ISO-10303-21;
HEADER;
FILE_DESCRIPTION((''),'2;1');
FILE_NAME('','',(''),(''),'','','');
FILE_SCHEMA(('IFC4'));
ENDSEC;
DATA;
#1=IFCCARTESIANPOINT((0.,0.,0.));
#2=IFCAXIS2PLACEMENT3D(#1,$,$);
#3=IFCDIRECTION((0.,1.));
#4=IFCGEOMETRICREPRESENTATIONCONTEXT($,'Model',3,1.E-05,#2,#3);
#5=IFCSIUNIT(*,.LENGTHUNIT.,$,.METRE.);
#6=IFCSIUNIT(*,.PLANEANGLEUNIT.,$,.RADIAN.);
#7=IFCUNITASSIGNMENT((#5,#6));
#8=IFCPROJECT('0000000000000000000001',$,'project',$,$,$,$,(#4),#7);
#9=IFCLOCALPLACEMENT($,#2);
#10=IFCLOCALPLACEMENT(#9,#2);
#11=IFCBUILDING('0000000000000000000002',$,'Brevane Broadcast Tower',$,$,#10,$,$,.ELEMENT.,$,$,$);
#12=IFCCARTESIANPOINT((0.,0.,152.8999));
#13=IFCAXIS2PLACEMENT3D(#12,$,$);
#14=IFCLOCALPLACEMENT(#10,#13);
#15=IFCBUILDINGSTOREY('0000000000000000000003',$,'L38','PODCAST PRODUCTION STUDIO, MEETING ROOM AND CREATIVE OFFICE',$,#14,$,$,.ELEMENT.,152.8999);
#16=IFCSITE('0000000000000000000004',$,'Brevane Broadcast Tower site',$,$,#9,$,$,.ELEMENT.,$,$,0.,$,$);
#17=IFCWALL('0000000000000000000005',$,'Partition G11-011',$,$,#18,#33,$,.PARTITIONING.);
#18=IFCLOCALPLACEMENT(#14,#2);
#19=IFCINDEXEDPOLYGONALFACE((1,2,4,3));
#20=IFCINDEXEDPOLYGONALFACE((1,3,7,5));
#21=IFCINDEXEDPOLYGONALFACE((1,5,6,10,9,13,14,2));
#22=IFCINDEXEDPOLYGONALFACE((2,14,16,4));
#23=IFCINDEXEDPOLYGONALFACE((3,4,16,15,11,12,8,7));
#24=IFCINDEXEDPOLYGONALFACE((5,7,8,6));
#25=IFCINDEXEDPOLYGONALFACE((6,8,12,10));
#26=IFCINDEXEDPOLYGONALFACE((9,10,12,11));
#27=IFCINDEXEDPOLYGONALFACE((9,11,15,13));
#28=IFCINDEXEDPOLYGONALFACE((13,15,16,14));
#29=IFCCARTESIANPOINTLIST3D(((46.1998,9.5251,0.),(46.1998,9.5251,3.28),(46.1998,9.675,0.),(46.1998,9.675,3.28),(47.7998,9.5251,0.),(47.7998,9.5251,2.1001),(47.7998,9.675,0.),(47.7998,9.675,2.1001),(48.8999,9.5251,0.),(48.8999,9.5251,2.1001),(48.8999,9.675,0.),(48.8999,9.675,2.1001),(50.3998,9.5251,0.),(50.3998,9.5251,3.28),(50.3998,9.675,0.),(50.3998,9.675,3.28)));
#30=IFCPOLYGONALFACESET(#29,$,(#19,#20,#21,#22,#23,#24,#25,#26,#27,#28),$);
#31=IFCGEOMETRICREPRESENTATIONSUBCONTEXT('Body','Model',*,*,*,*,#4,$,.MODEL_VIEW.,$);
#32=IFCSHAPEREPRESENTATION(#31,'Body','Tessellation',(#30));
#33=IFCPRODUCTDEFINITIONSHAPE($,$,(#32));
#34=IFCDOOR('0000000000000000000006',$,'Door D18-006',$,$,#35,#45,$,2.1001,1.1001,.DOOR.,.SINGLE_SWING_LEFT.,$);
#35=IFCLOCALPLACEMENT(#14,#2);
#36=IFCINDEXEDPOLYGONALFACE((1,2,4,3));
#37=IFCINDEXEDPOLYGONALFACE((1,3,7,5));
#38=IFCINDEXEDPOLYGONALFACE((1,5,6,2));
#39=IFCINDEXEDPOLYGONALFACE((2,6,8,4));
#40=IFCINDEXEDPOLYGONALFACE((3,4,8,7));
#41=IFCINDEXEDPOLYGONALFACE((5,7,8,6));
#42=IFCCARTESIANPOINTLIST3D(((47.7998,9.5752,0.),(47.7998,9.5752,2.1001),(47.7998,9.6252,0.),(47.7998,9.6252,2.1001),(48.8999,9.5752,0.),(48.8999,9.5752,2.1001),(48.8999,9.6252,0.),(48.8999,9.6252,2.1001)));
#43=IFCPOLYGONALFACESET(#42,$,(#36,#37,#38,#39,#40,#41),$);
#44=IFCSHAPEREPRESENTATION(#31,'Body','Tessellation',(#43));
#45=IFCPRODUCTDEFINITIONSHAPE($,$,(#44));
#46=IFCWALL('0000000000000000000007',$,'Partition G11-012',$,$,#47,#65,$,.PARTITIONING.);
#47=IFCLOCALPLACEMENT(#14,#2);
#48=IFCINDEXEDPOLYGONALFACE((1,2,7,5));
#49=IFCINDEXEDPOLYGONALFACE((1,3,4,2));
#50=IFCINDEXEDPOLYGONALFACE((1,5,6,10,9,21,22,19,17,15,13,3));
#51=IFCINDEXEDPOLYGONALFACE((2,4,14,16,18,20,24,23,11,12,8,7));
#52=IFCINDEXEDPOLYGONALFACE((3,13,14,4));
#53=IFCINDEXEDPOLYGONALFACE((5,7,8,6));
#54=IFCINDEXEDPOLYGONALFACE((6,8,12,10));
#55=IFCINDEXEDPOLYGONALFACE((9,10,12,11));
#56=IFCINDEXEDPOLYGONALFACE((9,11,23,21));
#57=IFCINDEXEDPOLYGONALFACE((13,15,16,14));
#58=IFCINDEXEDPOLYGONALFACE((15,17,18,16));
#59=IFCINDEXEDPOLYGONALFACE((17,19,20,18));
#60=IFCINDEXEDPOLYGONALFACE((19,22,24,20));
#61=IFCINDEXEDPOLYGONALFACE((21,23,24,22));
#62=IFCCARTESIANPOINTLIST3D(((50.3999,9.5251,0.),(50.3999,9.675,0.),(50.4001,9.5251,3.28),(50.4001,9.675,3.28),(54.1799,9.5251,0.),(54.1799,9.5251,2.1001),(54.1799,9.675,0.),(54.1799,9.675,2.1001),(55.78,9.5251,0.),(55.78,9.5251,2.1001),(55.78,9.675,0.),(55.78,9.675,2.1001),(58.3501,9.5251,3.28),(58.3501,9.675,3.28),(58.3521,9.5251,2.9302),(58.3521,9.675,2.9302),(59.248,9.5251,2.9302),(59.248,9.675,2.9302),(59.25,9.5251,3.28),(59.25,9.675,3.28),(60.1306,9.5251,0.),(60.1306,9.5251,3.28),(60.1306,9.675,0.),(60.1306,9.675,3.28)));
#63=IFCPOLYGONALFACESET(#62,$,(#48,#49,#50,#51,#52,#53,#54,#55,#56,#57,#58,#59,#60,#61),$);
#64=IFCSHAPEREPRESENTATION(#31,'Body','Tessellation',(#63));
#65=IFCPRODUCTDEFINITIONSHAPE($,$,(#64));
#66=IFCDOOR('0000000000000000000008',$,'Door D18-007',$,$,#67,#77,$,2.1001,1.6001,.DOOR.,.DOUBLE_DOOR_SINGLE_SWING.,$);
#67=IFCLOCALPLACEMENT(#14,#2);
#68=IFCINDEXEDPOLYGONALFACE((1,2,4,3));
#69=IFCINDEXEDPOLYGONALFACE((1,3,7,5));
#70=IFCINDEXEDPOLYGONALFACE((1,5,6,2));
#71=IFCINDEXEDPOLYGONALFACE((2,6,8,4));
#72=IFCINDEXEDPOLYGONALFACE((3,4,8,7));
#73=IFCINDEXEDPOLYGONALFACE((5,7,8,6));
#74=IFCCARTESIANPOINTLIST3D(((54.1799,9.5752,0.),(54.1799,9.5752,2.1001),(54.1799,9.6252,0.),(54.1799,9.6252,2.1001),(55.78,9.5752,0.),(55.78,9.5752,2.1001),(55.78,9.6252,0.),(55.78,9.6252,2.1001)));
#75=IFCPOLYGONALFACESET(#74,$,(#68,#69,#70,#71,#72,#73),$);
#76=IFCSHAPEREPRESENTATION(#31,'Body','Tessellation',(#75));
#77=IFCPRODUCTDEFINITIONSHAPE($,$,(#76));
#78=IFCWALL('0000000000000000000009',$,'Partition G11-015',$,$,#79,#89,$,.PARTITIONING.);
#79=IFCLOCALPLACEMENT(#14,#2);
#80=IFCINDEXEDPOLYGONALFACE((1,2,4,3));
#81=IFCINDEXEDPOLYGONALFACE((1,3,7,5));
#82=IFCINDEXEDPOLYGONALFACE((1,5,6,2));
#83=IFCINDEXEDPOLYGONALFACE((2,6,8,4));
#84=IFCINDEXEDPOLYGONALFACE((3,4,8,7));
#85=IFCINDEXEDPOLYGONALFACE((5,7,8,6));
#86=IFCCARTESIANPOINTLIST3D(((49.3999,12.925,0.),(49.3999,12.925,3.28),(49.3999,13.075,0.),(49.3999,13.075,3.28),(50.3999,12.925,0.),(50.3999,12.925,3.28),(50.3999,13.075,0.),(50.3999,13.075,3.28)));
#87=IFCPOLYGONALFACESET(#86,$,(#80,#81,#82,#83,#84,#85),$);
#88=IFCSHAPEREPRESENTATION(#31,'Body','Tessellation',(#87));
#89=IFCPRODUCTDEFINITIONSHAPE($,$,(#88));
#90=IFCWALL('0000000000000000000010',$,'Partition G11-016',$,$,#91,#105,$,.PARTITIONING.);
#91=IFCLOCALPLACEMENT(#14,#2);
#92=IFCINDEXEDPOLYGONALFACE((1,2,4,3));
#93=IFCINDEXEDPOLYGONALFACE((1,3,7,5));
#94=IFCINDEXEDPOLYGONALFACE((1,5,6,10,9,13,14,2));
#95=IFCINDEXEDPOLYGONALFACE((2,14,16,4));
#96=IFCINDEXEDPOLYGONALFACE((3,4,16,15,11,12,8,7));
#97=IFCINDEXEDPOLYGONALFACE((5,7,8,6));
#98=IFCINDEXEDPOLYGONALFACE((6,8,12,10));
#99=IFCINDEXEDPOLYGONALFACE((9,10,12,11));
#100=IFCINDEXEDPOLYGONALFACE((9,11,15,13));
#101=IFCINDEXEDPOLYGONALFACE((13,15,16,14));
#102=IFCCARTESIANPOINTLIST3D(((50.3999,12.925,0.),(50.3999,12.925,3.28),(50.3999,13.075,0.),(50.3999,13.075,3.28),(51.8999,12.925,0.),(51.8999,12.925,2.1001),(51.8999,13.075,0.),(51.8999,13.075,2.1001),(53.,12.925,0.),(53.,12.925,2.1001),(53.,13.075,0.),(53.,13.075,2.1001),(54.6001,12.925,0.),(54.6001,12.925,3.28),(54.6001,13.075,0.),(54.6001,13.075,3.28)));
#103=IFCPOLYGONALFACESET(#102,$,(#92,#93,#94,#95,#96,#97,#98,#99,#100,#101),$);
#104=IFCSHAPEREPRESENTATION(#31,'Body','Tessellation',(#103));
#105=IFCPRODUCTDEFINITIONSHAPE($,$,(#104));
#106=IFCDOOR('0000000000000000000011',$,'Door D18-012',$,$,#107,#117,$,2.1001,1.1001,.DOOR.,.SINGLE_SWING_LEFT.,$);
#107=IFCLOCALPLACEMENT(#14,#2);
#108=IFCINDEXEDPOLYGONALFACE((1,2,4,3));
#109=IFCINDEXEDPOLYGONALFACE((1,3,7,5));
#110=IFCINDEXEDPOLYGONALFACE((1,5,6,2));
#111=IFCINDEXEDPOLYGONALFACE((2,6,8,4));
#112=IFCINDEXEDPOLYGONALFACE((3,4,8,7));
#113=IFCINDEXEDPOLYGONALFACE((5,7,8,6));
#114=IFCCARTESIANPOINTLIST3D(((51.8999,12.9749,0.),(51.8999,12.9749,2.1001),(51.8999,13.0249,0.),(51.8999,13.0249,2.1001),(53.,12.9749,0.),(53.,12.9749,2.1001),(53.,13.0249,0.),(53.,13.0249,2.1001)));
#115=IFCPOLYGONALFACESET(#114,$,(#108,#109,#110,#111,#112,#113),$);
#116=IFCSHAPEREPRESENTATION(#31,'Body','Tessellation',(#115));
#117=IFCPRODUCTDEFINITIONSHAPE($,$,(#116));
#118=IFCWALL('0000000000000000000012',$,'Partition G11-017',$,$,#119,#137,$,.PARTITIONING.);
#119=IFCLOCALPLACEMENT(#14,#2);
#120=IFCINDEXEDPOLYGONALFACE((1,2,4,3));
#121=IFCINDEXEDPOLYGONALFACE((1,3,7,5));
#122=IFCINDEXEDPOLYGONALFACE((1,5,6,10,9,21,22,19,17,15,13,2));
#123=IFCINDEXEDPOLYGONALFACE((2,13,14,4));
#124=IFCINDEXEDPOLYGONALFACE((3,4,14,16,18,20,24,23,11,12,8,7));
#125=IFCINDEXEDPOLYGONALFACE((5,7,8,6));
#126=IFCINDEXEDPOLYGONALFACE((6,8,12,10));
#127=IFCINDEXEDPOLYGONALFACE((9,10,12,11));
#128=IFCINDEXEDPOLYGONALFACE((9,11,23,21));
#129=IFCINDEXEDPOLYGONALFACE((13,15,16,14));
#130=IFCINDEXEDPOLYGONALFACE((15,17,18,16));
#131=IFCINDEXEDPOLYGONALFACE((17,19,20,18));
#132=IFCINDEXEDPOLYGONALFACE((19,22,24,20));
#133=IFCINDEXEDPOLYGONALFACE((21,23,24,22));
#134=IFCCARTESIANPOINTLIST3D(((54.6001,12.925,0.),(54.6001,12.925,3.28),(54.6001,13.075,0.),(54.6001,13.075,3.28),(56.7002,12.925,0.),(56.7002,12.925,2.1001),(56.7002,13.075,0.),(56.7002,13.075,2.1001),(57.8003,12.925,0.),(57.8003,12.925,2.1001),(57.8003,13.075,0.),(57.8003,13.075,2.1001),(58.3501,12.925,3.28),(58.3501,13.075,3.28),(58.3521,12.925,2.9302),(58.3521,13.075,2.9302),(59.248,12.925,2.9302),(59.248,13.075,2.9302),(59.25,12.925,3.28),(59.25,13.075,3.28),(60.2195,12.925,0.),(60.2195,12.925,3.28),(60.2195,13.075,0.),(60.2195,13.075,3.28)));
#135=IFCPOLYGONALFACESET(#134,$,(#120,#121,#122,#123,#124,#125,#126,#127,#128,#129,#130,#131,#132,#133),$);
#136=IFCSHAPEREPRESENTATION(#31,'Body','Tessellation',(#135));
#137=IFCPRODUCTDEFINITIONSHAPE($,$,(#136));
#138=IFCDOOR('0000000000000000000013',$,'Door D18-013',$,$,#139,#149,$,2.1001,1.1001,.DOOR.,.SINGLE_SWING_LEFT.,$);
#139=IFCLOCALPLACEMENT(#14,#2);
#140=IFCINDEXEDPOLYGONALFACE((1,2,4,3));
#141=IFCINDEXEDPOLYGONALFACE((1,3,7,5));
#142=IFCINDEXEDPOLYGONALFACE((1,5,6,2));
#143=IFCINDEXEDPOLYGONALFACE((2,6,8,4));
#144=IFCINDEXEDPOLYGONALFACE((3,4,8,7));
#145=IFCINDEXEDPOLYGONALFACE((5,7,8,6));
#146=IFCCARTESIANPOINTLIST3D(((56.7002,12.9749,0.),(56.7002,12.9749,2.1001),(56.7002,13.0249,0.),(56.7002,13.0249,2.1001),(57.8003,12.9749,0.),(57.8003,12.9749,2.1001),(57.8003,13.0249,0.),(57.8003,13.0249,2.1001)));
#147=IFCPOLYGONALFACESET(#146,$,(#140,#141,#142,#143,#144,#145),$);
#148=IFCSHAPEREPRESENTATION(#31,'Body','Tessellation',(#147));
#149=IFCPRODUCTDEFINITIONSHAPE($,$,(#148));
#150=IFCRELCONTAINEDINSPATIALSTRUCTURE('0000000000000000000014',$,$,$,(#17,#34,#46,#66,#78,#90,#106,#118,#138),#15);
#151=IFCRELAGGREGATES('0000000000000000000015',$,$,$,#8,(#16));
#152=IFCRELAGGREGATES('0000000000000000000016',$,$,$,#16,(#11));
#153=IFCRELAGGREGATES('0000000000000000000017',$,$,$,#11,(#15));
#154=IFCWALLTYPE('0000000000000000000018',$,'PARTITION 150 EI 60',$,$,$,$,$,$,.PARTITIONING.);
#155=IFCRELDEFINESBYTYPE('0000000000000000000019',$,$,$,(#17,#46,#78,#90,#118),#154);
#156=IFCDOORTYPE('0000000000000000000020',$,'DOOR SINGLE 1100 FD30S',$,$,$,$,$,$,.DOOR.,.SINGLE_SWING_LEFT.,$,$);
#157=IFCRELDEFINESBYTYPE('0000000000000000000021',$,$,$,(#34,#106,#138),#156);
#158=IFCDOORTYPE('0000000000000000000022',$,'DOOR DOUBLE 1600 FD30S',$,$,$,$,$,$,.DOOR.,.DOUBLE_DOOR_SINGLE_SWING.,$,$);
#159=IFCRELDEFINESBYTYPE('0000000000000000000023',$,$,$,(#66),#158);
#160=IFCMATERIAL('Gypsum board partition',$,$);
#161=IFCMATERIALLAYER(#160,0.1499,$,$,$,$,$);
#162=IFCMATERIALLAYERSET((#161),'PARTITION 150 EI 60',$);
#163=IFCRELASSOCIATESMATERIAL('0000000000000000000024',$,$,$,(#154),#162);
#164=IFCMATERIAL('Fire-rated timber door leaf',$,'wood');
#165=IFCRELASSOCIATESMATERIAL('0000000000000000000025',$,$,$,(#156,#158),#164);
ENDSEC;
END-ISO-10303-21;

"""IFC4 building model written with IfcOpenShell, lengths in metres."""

from ifc_helpers import new_model, si_unit, direction, frame, frame_2d, origin, place, context, subcontext, project, spatial, polyline, rectangle, outline, extrude, material, layer, layer_set, type_object, element, fill, save


model = new_model("IFC4")

# Units and contexts
model_context = context("Model", 3, precision=1e-05, world=origin(), true_north=direction((0.0, 1.0)))
body_context = subcontext(model_context, "Body", "Model", "MODEL_VIEW")
ifc_project = project(units=[si_unit("LENGTHUNIT", "METRE"), si_unit("PLANEANGLEUNIT", "RADIAN")], contexts=[model_context])

# Site, building, storey
site_placement = place(None, origin())
site = spatial("IfcSite", under=ifc_project, at=site_placement, Name="Brevane Broadcast Tower site", CompositionType="ELEMENT", RefElevation=0.0)
building_placement = place(site_placement, origin())
building = spatial("IfcBuilding", under=site, at=building_placement, Name="Brevane Broadcast Tower", CompositionType="ELEMENT")
storey_placement = place(building_placement, frame((0.0, 0.0, 152.8999)))
storey = spatial("IfcBuildingStorey", under=building, at=storey_placement, Name="L38", Description="PODCAST PRODUCTION STUDIO, MEETING ROOM AND CREATIVE OFFICE", CompositionType="ELEMENT", Elevation=152.8999)

# Shared definitions
ifc_material_1 = material(Name="Gypsum board partition")

# Walls, openings, doors
ifc_layer_1 = layer(ifc_material_1, 0.1499)
ifc_layer_set_1 = layer_set([ifc_layer_1], Name="PARTITION 150 EI 60")
wall_type_1 = type_object("IfcWallType", Name="PARTITION 150 EI 60", PredefinedType="PARTITIONING", material=ifc_layer_set_1)
ifc_material_2 = material(Name="Fire-rated timber door leaf", Category="wood")
door_type_1 = type_object("IfcDoorType", Name="DOOR SINGLE 1100 FD30S", OperationType="SINGLE_SWING_LEFT", PredefinedType="DOOR", material=ifc_material_2)
wall_1_placement = place(storey_placement, frame((50.3999, 9.6001, 0.0), z_axis=(0.0, 0.0, 1.0), x_axis=(-1.0, 0.0, 0.0)))
wall_1 = element("IfcWall", 1, at=wall_1_placement, inside=storey, type_object=wall_type_1, Name="Partition G11-011", PredefinedType="PARTITIONING", context=body_context, shape_type="SweptSolid", body=[
    extrude(rectangle(XDim=4.2, YDim=0.1499, at=frame_2d((2.1001, 0.0))), origin(), (0.0, 0.0, 1.0), 3.28),
])
opening_1_placement = place(wall_1_placement, frame((1.5, 0.0, 0.0)))
opening_1 = element("IfcOpeningElement", 2, at=opening_1_placement, cuts=wall_1, PredefinedType="OPENING", context=body_context, shape_type="SweptSolid", body=[
    extrude(rectangle(XDim=1.1001, YDim=2.1001, at=frame_2d((0.55, 1.05))), frame((0.0, 0.085, 0.0), z_axis=(0.0, -1.0, 0.0), x_axis=(1.0, 0.0, 0.0)), (0.0, 0.0, 1.0), 0.1699),
])
door_1_placement = place(opening_1_placement, origin())
door_1 = element("IfcDoor", 3, at=door_1_placement, inside=storey, type_object=door_type_1, Name="Door D18-006", OperationType="SINGLE_SWING_LEFT", OverallHeight=2.1001, OverallWidth=1.1001, PredefinedType="DOOR", context=body_context, shape_type="SweptSolid", body=[
    extrude(rectangle(XDim=1.1001, YDim=2.1001, at=frame_2d((0.55, 1.05))), frame((0.0, 0.0249, 0.0), z_axis=(0.0, -1.0, 0.0), x_axis=(1.0, 0.0, 0.0)), (0.0, 0.0, 1.0), 0.05),
])
fill(opening_1, door_1)
wall_2_placement = place(storey_placement, frame((60.1306, 9.6001, 0.0), z_axis=(0.0, 0.0, 1.0), x_axis=(-1.0, 0.0, 0.0)))
wall_2 = element("IfcWall", 4, at=wall_2_placement, inside=storey, type_object=wall_type_1, Name="Partition G11-012", PredefinedType="PARTITIONING", context=body_context, shape_type="SweptSolid", body=[
    extrude(outline(polyline([(0.0, 0.0), (9.7307, 0.0), (9.7305, 3.28), (1.7805, 3.28), (1.7786, 2.9302), (0.8826, 2.9302), (0.8806, 3.28), (0.2505, 3.28), (0.0, 3.28), (0.0, 0.0)])), frame((0.0, 0.075, 0.0), z_axis=(0.0, -1.0, 0.0), x_axis=(1.0, 0.0, 0.0)), (0.0, 0.0, 1.0), 0.1499),
])
opening_2_placement = place(wall_2_placement, frame((4.3506, 0.0, 0.0)))
opening_2 = element("IfcOpeningElement", 5, at=opening_2_placement, cuts=wall_2, PredefinedType="OPENING", context=body_context, shape_type="SweptSolid", body=[
    extrude(rectangle(XDim=1.6001, YDim=2.1001, at=frame_2d((0.8, 1.05))), frame((0.0, 0.085, 0.0), z_axis=(0.0, -1.0, 0.0), x_axis=(1.0, 0.0, 0.0)), (0.0, 0.0, 1.0), 0.1699),
])
door_type_2 = type_object("IfcDoorType", Name="DOOR DOUBLE 1600 FD30S", OperationType="DOUBLE_DOOR_SINGLE_SWING", PredefinedType="DOOR", material=ifc_material_2)
door_2_placement = place(opening_2_placement, origin())
door_2 = element("IfcDoor", 6, at=door_2_placement, inside=storey, type_object=door_type_2, Name="Door D18-007", OperationType="DOUBLE_DOOR_SINGLE_SWING", OverallHeight=2.1001, OverallWidth=1.6001, PredefinedType="DOOR", context=body_context, shape_type="SweptSolid", body=[
    extrude(rectangle(XDim=1.6001, YDim=2.1001, at=frame_2d((0.8, 1.05))), frame((0.0, 0.0249, 0.0), z_axis=(0.0, -1.0, 0.0), x_axis=(1.0, 0.0, 0.0)), (0.0, 0.0, 1.0), 0.05),
])
fill(opening_2, door_2)

# Wall
wall_3_placement = place(storey_placement, frame((49.3999, 13.0, 0.0), z_axis=(0.0, 0.0, 1.0), x_axis=(1.0, 0.0, 0.0)))
element("IfcWall", 7, at=wall_3_placement, inside=storey, type_object=wall_type_1, Name="Partition G11-015", PredefinedType="PARTITIONING", context=body_context, shape_type="SweptSolid", body=[
    extrude(rectangle(XDim=1.0, YDim=0.1499, at=frame_2d((0.5, 0.0))), origin(), (0.0, 0.0, 1.0), 3.28),
])

# Walls, openings, doors
wall_4_placement = place(storey_placement, frame((50.3999, 13.0, 0.0), z_axis=(0.0, 0.0, 1.0), x_axis=(1.0, 0.0, 0.0)))
wall_4 = element("IfcWall", 8, at=wall_4_placement, inside=storey, type_object=wall_type_1, Name="Partition G11-016", PredefinedType="PARTITIONING", context=body_context, shape_type="SweptSolid", body=[
    extrude(rectangle(XDim=4.2002, YDim=0.1499, at=frame_2d((2.1001, 0.0))), origin(), (0.0, 0.0, 1.0), 3.28),
])
opening_3_placement = place(wall_4_placement, frame((1.5, 0.0, 0.0)))
opening_3 = element("IfcOpeningElement", 9, at=opening_3_placement, cuts=wall_4, PredefinedType="OPENING", context=body_context, shape_type="SweptSolid", body=[
    extrude(rectangle(XDim=1.1001, YDim=2.1001, at=frame_2d((0.55, 1.05))), frame((0.0, 0.085, 0.0), z_axis=(0.0, -1.0, 0.0), x_axis=(1.0, 0.0, 0.0)), (0.0, 0.0, 1.0), 0.1699),
])
door_3_placement = place(opening_3_placement, origin())
door_3 = element("IfcDoor", 10, at=door_3_placement, inside=storey, type_object=door_type_1, Name="Door D18-012", OperationType="SINGLE_SWING_LEFT", OverallHeight=2.1001, OverallWidth=1.1001, PredefinedType="DOOR", context=body_context, shape_type="SweptSolid", body=[
    extrude(rectangle(XDim=1.1001, YDim=2.1001, at=frame_2d((0.55, 1.05))), frame((0.0, 0.0249, 0.0), z_axis=(0.0, -1.0, 0.0), x_axis=(1.0, 0.0, 0.0)), (0.0, 0.0, 1.0), 0.05),
])
fill(opening_3, door_3)
wall_5_placement = place(storey_placement, frame((54.6001, 13.0, 0.0), z_axis=(0.0, 0.0, 1.0), x_axis=(1.0, 0.0, 0.0)))
wall_5 = element("IfcWall", 11, at=wall_5_placement, inside=storey, type_object=wall_type_1, Name="Partition G11-017", PredefinedType="PARTITIONING", context=body_context, shape_type="SweptSolid", body=[
    extrude(outline(polyline([(0.0, 0.0), (5.6194, 0.0), (5.6194, 3.28), (5.28, 3.28), (4.6499, 3.28), (4.6479, 2.9302), (3.752, 2.9302), (3.75, 3.28), (0.0, 3.28), (0.0, 0.0)])), frame((0.0, 0.075, 0.0), z_axis=(0.0, -1.0, 0.0), x_axis=(1.0, 0.0, 0.0)), (0.0, 0.0, 1.0), 0.1499),
])
opening_4_placement = place(wall_5_placement, frame((2.1001, 0.0, 0.0)))
opening_4 = element("IfcOpeningElement", 12, at=opening_4_placement, cuts=wall_5, PredefinedType="OPENING", context=body_context, shape_type="SweptSolid", body=[
    extrude(rectangle(XDim=1.1001, YDim=2.1001, at=frame_2d((0.55, 1.05))), frame((0.0, 0.085, 0.0), z_axis=(0.0, -1.0, 0.0), x_axis=(1.0, 0.0, 0.0)), (0.0, 0.0, 1.0), 0.1699),
])
door_4_placement = place(opening_4_placement, origin())
door_4 = element("IfcDoor", 13, at=door_4_placement, inside=storey, type_object=door_type_1, Name="Door D18-013", OperationType="SINGLE_SWING_LEFT", OverallHeight=2.1001, OverallWidth=1.1001, PredefinedType="DOOR", context=body_context, shape_type="SweptSolid", body=[
    extrude(rectangle(XDim=1.1001, YDim=2.1001, at=frame_2d((0.55, 1.05))), frame((0.0, 0.0249, 0.0), z_axis=(0.0, -1.0, 0.0), x_axis=(1.0, 0.0, 0.0)), (0.0, 0.0, 1.0), 0.05),
])
fill(opening_4, door_4)

save(model, "model.ifc")
